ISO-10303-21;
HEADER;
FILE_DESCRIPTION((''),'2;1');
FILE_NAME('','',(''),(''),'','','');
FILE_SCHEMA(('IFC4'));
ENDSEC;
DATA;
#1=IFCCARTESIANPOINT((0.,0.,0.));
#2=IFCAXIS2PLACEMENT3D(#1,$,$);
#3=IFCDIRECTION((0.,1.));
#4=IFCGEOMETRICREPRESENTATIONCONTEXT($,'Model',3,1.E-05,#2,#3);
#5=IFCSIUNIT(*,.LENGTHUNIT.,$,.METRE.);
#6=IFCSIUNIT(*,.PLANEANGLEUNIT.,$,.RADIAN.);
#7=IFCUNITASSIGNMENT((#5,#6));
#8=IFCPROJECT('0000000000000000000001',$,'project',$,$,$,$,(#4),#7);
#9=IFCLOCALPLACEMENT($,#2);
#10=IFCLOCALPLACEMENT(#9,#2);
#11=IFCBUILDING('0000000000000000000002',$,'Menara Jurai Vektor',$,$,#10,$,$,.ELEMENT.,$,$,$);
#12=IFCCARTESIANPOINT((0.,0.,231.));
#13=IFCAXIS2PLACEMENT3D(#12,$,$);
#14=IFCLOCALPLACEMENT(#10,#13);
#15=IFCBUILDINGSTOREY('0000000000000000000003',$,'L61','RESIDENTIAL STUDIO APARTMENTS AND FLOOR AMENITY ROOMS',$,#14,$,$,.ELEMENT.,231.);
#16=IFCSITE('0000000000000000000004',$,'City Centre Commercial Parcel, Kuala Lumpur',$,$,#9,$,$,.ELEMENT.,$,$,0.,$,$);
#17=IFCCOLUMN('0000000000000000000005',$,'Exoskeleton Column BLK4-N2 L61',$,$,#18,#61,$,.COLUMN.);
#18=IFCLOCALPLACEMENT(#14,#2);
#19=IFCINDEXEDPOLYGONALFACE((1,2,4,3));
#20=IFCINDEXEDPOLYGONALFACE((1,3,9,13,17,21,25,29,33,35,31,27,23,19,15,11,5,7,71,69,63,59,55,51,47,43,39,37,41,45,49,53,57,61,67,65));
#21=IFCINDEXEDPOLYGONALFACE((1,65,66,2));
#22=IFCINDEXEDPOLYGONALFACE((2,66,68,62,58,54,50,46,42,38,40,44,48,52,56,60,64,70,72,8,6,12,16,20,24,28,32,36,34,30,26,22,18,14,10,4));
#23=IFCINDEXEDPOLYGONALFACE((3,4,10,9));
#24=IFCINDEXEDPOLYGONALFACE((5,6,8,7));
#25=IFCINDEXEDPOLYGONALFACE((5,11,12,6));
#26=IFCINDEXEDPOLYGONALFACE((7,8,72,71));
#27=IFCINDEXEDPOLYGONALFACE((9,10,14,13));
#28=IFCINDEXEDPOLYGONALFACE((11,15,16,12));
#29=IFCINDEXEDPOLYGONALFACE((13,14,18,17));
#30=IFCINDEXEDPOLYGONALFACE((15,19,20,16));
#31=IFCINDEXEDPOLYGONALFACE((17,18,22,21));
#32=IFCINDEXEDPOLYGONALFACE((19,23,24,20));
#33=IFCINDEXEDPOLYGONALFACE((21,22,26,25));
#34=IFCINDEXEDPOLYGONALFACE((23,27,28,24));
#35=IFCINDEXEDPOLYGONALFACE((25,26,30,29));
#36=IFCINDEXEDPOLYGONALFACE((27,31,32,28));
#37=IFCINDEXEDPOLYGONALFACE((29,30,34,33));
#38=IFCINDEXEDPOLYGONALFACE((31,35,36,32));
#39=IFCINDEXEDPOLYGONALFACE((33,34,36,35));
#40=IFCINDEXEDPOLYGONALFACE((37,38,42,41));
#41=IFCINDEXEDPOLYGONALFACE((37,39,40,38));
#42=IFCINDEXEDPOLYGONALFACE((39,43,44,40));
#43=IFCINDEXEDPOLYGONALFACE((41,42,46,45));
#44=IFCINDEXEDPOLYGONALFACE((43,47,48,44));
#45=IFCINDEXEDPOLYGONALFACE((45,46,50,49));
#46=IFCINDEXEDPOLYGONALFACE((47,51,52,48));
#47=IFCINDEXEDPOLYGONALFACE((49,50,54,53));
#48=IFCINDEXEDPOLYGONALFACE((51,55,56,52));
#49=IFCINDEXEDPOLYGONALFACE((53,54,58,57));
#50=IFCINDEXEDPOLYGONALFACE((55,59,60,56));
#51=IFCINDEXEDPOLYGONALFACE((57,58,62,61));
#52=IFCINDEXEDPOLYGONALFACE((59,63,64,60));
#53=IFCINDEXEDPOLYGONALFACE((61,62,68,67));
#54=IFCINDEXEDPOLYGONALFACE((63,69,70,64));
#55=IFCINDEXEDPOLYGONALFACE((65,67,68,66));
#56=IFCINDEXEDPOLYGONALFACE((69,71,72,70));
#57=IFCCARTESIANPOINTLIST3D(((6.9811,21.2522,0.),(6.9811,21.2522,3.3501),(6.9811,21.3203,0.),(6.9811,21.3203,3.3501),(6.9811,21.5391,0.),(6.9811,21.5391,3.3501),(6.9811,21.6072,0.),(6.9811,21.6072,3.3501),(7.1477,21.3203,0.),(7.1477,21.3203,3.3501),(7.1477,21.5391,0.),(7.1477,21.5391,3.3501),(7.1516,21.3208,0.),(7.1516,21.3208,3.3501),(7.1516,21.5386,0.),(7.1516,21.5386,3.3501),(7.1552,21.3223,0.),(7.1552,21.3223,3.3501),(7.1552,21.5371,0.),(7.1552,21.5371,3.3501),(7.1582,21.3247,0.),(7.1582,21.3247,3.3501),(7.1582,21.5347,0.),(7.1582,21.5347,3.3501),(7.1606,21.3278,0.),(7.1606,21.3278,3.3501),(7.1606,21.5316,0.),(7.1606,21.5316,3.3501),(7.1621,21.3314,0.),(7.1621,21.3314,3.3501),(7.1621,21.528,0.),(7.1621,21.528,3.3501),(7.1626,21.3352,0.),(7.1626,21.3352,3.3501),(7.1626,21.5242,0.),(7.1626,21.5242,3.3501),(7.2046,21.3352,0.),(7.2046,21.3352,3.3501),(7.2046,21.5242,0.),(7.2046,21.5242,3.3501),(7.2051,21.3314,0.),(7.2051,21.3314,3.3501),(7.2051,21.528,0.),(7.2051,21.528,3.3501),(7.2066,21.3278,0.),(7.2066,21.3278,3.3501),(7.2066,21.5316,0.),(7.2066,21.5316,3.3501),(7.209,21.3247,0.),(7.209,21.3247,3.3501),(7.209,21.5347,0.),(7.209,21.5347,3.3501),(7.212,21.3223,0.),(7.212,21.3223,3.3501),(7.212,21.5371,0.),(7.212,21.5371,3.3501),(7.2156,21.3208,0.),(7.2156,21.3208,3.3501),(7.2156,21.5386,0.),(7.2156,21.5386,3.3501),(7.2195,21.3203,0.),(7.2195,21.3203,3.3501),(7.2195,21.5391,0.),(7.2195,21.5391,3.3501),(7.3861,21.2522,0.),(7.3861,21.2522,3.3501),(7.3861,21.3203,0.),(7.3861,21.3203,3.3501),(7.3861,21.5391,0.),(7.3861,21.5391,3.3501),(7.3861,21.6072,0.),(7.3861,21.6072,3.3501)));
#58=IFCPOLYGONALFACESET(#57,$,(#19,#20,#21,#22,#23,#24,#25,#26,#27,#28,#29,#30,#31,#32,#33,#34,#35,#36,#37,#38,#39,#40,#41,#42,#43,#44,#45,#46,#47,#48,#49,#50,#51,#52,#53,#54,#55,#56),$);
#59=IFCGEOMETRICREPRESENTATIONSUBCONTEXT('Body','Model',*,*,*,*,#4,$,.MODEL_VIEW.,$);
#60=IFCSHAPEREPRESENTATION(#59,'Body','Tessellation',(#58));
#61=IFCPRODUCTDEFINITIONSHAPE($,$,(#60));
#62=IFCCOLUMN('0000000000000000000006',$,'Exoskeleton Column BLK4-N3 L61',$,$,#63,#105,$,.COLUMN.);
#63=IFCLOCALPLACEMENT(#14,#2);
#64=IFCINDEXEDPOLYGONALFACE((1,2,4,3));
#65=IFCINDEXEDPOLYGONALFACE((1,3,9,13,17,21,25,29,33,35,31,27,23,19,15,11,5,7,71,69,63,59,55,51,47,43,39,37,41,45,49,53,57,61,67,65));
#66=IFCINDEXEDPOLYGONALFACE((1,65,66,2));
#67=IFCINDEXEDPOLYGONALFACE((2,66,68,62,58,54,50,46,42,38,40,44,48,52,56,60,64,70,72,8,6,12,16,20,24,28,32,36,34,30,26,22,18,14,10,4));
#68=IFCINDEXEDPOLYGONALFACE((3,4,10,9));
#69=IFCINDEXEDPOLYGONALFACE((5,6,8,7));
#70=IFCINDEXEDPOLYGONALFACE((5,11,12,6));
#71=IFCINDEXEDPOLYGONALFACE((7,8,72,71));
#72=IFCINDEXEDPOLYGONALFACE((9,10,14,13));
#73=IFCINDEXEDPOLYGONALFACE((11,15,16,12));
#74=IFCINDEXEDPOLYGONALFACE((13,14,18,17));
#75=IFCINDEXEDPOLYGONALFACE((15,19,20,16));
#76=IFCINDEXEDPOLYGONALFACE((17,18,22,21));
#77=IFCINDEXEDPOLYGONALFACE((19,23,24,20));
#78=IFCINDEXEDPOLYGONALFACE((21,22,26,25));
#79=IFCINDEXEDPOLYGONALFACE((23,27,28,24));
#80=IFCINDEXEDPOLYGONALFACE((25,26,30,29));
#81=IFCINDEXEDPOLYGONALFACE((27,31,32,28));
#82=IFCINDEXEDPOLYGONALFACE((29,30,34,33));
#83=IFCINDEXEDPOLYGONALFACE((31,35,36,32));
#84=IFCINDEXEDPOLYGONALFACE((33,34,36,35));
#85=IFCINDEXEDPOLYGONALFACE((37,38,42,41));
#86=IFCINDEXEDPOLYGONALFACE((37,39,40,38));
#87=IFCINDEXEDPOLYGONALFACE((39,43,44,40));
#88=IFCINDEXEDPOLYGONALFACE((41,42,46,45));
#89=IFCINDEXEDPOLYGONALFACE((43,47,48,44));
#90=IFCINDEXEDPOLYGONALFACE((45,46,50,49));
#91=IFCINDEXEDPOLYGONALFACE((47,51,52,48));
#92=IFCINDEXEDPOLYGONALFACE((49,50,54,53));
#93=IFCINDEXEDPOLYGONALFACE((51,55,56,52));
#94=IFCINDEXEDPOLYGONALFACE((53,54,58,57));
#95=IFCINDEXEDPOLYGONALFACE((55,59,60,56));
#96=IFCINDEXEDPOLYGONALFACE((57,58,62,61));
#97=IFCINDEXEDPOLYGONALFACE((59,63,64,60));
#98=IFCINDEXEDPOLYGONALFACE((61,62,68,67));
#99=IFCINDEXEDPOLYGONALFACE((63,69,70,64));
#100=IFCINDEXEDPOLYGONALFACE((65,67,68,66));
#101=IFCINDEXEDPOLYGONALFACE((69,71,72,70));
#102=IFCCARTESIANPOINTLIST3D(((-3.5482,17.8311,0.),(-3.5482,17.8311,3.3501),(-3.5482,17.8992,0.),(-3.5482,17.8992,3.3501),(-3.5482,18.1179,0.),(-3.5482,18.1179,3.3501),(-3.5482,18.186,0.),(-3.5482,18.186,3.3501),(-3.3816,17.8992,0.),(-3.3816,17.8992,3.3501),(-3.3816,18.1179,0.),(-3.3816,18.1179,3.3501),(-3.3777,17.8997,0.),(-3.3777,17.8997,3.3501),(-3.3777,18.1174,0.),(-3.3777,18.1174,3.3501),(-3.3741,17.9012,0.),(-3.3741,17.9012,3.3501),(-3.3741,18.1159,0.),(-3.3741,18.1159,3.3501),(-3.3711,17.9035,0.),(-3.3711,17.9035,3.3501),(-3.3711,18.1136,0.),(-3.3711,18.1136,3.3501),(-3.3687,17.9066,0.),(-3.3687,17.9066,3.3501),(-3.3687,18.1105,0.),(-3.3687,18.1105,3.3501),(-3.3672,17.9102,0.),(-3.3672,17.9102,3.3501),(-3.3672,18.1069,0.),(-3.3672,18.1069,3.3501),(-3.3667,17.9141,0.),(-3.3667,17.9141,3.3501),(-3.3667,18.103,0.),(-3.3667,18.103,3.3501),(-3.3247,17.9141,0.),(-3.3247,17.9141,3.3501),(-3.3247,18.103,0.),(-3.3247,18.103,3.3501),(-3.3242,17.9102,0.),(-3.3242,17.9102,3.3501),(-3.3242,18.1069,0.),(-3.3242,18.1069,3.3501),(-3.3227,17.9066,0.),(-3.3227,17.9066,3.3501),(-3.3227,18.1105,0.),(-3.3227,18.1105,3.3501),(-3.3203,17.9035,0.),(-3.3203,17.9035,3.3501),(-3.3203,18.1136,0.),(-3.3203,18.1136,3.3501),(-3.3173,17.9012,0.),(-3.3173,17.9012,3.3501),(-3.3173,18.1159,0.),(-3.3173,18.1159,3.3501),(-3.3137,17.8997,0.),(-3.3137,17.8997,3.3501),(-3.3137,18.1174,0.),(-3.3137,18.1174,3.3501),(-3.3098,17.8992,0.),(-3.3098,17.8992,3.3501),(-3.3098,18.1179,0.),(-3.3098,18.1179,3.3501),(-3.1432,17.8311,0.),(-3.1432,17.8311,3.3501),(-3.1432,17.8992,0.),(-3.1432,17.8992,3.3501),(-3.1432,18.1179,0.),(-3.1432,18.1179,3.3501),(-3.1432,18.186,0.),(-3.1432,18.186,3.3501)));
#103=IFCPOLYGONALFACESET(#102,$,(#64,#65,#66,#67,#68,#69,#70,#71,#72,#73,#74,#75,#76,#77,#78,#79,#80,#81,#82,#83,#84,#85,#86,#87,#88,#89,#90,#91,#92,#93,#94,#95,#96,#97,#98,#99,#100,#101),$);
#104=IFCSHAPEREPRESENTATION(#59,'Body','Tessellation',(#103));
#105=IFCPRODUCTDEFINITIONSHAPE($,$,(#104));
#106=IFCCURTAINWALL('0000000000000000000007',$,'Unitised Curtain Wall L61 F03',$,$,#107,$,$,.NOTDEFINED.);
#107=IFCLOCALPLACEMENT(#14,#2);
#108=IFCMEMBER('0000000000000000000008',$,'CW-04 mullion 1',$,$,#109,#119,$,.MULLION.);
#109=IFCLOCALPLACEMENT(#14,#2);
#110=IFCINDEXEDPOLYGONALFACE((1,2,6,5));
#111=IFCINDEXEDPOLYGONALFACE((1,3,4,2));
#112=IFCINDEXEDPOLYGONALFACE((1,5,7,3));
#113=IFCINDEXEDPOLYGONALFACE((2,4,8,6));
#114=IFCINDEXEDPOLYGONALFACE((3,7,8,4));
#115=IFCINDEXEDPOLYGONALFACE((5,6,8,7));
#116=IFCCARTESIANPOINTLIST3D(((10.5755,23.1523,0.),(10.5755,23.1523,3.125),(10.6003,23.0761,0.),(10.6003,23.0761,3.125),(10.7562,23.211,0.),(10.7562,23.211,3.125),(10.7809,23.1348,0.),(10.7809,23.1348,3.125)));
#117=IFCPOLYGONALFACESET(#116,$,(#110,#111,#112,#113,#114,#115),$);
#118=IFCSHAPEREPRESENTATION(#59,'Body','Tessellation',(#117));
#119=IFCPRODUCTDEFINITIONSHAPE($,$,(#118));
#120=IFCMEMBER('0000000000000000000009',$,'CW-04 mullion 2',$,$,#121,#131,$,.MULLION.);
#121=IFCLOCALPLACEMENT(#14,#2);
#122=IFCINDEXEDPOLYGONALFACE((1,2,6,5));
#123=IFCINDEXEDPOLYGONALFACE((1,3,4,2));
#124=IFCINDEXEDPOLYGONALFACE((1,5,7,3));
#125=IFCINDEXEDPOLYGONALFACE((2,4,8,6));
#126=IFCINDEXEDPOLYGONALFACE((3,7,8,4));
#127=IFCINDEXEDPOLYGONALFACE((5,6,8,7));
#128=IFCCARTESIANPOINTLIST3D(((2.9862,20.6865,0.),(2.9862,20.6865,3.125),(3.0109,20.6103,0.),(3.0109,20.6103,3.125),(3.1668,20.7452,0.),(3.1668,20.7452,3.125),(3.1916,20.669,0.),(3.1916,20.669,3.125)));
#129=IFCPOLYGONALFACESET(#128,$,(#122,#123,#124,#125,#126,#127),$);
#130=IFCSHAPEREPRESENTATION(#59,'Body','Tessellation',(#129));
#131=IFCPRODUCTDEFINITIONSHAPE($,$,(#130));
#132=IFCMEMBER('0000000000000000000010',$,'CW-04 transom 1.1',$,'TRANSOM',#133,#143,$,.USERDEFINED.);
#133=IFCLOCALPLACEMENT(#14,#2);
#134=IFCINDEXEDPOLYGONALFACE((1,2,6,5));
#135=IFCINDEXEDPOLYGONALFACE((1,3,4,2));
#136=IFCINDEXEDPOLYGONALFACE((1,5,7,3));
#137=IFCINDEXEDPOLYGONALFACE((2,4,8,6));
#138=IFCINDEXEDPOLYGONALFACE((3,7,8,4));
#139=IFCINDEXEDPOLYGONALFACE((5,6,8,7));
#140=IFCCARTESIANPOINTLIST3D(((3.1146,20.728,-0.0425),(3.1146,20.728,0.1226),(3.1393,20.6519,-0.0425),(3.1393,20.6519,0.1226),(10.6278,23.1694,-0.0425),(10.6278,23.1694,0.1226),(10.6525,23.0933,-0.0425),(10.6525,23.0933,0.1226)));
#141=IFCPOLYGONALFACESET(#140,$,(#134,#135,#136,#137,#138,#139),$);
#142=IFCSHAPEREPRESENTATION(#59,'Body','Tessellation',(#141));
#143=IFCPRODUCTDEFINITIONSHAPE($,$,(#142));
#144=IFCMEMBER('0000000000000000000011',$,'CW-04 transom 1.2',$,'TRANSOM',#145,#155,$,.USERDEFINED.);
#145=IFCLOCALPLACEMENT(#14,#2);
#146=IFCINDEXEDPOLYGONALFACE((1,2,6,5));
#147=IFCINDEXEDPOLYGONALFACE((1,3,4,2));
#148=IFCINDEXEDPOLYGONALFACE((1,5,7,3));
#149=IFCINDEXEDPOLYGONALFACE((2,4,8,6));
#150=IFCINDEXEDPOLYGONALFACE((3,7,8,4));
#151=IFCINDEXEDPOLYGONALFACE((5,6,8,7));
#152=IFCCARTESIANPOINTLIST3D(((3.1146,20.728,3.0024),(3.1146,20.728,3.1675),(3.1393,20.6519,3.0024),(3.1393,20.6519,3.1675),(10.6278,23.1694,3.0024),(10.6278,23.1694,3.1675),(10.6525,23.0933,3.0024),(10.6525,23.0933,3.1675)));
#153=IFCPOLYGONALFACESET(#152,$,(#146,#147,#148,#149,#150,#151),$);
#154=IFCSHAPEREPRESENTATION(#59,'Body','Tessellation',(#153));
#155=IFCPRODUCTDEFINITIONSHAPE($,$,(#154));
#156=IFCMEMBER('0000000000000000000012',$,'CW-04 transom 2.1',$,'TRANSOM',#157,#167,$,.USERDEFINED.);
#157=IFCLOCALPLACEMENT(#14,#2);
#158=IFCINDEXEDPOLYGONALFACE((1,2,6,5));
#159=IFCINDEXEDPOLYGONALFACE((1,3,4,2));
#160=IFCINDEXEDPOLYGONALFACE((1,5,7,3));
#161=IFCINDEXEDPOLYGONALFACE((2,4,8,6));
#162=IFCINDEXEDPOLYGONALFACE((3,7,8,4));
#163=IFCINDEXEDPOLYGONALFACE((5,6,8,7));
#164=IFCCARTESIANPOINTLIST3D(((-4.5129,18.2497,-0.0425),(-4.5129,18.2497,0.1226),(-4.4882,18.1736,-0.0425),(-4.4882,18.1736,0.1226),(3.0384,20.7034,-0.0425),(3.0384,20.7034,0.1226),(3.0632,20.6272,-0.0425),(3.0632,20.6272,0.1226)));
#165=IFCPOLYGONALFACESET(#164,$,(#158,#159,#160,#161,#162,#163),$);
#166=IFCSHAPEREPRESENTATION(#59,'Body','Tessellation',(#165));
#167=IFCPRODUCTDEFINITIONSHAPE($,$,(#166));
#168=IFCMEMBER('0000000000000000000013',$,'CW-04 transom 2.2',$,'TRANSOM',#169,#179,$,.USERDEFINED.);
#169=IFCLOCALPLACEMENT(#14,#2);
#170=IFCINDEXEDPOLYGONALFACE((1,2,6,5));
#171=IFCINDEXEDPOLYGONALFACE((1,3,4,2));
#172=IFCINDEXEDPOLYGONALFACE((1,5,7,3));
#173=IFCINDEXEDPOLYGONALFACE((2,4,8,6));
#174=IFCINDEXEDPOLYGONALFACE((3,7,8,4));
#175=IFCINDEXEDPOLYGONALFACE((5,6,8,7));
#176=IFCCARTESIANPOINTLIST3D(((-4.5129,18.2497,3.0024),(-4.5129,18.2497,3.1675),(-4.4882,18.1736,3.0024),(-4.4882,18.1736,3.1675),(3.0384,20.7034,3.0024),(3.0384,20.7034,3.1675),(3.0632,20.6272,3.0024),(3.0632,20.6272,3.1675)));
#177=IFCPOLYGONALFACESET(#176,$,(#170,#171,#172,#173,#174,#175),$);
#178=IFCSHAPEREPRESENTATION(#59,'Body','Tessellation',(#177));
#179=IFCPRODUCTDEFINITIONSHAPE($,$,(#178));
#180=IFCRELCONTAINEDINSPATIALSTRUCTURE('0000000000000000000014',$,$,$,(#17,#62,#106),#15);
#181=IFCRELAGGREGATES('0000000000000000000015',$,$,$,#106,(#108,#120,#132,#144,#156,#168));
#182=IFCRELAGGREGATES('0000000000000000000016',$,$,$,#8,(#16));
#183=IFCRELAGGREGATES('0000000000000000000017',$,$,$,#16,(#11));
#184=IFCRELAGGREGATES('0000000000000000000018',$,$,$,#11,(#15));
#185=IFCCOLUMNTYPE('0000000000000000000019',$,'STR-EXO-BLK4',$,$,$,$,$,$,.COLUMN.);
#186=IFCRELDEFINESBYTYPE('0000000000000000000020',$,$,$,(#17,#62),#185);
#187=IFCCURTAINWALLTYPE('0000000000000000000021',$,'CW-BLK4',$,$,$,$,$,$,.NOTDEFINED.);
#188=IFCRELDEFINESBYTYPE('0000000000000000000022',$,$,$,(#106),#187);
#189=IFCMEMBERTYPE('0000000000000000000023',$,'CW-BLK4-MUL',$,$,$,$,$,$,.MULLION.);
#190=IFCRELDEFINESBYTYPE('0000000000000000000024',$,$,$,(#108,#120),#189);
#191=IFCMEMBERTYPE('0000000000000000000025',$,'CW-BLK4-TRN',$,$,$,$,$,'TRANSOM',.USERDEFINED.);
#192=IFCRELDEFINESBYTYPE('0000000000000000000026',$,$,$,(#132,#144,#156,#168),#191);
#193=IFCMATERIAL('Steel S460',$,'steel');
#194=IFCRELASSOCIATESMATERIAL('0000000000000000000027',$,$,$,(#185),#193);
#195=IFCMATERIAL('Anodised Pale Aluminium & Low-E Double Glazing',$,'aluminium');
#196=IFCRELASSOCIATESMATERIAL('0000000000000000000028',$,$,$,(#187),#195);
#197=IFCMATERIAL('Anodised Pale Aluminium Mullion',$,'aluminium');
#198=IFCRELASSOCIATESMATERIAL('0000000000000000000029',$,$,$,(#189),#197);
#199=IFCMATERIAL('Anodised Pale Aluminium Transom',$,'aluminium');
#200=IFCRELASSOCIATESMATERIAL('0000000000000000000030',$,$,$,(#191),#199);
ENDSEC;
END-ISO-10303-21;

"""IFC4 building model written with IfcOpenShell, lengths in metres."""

from ifc_helpers import new_model, si_unit, direction, frame, origin, origin_2d, place, context, subcontext, project, spatial, rectangle, i_section, extrude, material, material_profile, profile_set, type_object, element, aggregate, save


model = new_model("IFC4")

# Units and contexts
model_context = context("Model", 3, precision=1e-05, world=origin(), true_north=direction((0.0, 1.0)))
body_context = subcontext(model_context, "Body", "Model", "MODEL_VIEW")
ifc_project = project(units=[si_unit("LENGTHUNIT", "METRE"), si_unit("PLANEANGLEUNIT", "RADIAN")], contexts=[model_context])

# Site, building, storey
site_placement = place(None, origin())
site = spatial("IfcSite", under=ifc_project, at=site_placement, Name="City Centre Commercial Parcel, Kuala Lumpur", CompositionType="ELEMENT", RefElevation=0.0)
building_placement = place(site_placement, origin())
building = spatial("IfcBuilding", under=site, at=building_placement, Name="Menara Jurai Vektor", CompositionType="ELEMENT")
storey_placement = place(building_placement, frame((0.0, 0.0, 231.0)))
storey = spatial("IfcBuildingStorey", under=building, at=storey_placement, Name="L61", Description="RESIDENTIAL STUDIO APARTMENTS AND FLOOR AMENITY ROOMS", CompositionType="ELEMENT", Elevation=231.0)

# Columns
ifc_material_1 = material(Name="Steel S460", Category="steel")
ifc_material_profile_1 = material_profile(ifc_material_1, i_section(OverallWidth=0.405, OverallDepth=0.355, WebThickness=0.042, FlangeThickness=0.0681, FilletRadius=0.0149, at=origin_2d()), Name="HD 400x551")
ifc_profile_set_1 = profile_set([ifc_material_profile_1], Name="Steel S460")
column_type = type_object("IfcColumnType", Name="STR-EXO-BLK4", PredefinedType="COLUMN", material=ifc_profile_set_1)
for number, where, z_axis, x_axis, name in (
    (1, (7.1836, 21.4297, 0.0), (0.0, 0.0, 1.0), (1.0, 0.0, 0.0), "Exoskeleton Column BLK4-N2 L61"),
    (2, (-3.3457, 18.0085, 0.0), (0.0, 0.0, 1.0), (1.0, 0.0, 0.0), "Exoskeleton Column BLK4-N3 L61"),
):
    element("IfcColumn", number, at=place(storey_placement, frame(where, z_axis=z_axis, x_axis=x_axis)), inside=storey, type_object=column_type, Name=name, PredefinedType="COLUMN", context=body_context, shape_type="SweptSolid", body=[
        extrude(i_section(OverallWidth=0.405, OverallDepth=0.355, WebThickness=0.042, FlangeThickness=0.0681, FilletRadius=0.0149, at=origin_2d()), origin(), (0.0, 0.0, 1.0), 3.3501),
    ])

# Curtain wall, members
ifc_material_2 = material(Name="Anodised Pale Aluminium & Low-E Double Glazing", Category="aluminium")
curtain_wall_type = type_object("IfcCurtainWallType", Name="CW-BLK4", PredefinedType="NOTDEFINED", material=ifc_material_2)
curtain_wall_placement = place(storey_placement, origin())
curtain_wall = element("IfcCurtainWall", 3, at=curtain_wall_placement, inside=storey, type_object=curtain_wall_type, Name="Unitised Curtain Wall L61 F03", PredefinedType="NOTDEFINED")
ifc_material_3 = material(Name="Anodised Pale Aluminium Mullion", Category="aluminium")
ifc_material_profile_2 = material_profile(ifc_material_3, rectangle(XDim=0.0801, YDim=0.1899, at=origin_2d()), Name="ALU MUL 80x190")
ifc_profile_set_2 = profile_set([ifc_material_profile_2], Name="Anodised Pale Aluminium Mullion")
member_type_1 = type_object("IfcMemberType", Name="CW-BLK4-MUL", PredefinedType="MULLION", material=ifc_profile_set_2)
member_1_placement = place(storey_placement, frame((10.6782, 23.1436, 0.0), z_axis=(0.0, 0.0, 1.0), x_axis=(0.309017, -0.951056, 0.0)))
member_1 = element("IfcMember", 4, at=member_1_placement, type_object=member_type_1, Name="CW-04 mullion 1", PredefinedType="MULLION", context=body_context, shape_type="SweptSolid", body=[
    extrude(rectangle(XDim=0.0801, YDim=0.1899, at=origin_2d()), origin(), (0.0, 0.0, 1.0), 3.125),
])
member_2_placement = place(storey_placement, frame((3.0889, 20.6777, 0.0), z_axis=(0.0, 0.0, 1.0), x_axis=(0.309017, -0.951056, 0.0)))
member_2 = element("IfcMember", 5, at=member_2_placement, type_object=member_type_1, Name="CW-04 mullion 2", PredefinedType="MULLION", context=body_context, shape_type="SweptSolid", body=[
    extrude(rectangle(XDim=0.0801, YDim=0.1899, at=origin_2d()), origin(), (0.0, 0.0, 1.0), 3.125),
])
ifc_material_4 = material(Name="Anodised Pale Aluminium Transom", Category="aluminium")
ifc_material_profile_3 = material_profile(ifc_material_4, rectangle(XDim=0.0801, YDim=0.165, at=origin_2d()), Name="ALU TRN 80x165")
ifc_profile_set_3 = profile_set([ifc_material_profile_3], Name="Anodised Pale Aluminium Transom")
member_type_2 = type_object("IfcMemberType", Name="CW-BLK4-TRN", ElementType="TRANSOM", PredefinedType="USERDEFINED", material=ifc_profile_set_3)
member_3_placement = place(storey_placement, frame((10.6401, 23.1313, 0.04), z_axis=(-0.951048, -0.309043, 0.0), x_axis=(0.309043, -0.951048, 0.0)))
member_3 = element("IfcMember", 6, at=member_3_placement, type_object=member_type_2, Name="CW-04 transom 1.1", ObjectType="TRANSOM", PredefinedType="USERDEFINED", context=body_context, shape_type="SweptSolid", body=[
    extrude(rectangle(XDim=0.0801, YDim=0.165, at=origin_2d()), origin(), (0.0, 0.0, 1.0), 7.8999),
])
member_4_placement = place(storey_placement, frame((10.6401, 23.1313, 3.085), z_axis=(-0.951048, -0.309043, 0.0), x_axis=(0.309043, -0.951048, 0.0)))
member_4 = element("IfcMember", 7, at=member_4_placement, type_object=member_type_2, Name="CW-04 transom 1.2", ObjectType="TRANSOM", PredefinedType="USERDEFINED", context=body_context, shape_type="SweptSolid", body=[
    extrude(rectangle(XDim=0.0801, YDim=0.165, at=origin_2d()), origin(), (0.0, 0.0, 1.0), 7.8999),
])
member_5_placement = place(storey_placement, frame((3.0508, 20.6653, 0.04), z_axis=(-0.951054, -0.309023, 0.0), x_axis=(0.309023, -0.951054, 0.0)))
member_5 = element("IfcMember", 8, at=member_5_placement, type_object=member_type_2, Name="CW-04 transom 2.1", ObjectType="TRANSOM", PredefinedType="USERDEFINED", context=body_context, shape_type="SweptSolid", body=[
    extrude(rectangle(XDim=0.0801, YDim=0.165, at=origin_2d()), origin(), (0.0, 0.0, 1.0), 7.9399),
])
member_6_placement = place(storey_placement, frame((3.0508, 20.6653, 3.085), z_axis=(-0.951054, -0.309023, 0.0), x_axis=(0.309023, -0.951054, 0.0)))
member_6 = element("IfcMember", 9, at=member_6_placement, type_object=member_type_2, Name="CW-04 transom 2.2", ObjectType="TRANSOM", PredefinedType="USERDEFINED", context=body_context, shape_type="SweptSolid", body=[
    extrude(rectangle(XDim=0.0801, YDim=0.165, at=origin_2d()), origin(), (0.0, 0.0, 1.0), 7.9399),
])

aggregate(curtain_wall, [member_1, member_2, member_3, member_4, member_5, member_6])

save(model, "model.ifc")
